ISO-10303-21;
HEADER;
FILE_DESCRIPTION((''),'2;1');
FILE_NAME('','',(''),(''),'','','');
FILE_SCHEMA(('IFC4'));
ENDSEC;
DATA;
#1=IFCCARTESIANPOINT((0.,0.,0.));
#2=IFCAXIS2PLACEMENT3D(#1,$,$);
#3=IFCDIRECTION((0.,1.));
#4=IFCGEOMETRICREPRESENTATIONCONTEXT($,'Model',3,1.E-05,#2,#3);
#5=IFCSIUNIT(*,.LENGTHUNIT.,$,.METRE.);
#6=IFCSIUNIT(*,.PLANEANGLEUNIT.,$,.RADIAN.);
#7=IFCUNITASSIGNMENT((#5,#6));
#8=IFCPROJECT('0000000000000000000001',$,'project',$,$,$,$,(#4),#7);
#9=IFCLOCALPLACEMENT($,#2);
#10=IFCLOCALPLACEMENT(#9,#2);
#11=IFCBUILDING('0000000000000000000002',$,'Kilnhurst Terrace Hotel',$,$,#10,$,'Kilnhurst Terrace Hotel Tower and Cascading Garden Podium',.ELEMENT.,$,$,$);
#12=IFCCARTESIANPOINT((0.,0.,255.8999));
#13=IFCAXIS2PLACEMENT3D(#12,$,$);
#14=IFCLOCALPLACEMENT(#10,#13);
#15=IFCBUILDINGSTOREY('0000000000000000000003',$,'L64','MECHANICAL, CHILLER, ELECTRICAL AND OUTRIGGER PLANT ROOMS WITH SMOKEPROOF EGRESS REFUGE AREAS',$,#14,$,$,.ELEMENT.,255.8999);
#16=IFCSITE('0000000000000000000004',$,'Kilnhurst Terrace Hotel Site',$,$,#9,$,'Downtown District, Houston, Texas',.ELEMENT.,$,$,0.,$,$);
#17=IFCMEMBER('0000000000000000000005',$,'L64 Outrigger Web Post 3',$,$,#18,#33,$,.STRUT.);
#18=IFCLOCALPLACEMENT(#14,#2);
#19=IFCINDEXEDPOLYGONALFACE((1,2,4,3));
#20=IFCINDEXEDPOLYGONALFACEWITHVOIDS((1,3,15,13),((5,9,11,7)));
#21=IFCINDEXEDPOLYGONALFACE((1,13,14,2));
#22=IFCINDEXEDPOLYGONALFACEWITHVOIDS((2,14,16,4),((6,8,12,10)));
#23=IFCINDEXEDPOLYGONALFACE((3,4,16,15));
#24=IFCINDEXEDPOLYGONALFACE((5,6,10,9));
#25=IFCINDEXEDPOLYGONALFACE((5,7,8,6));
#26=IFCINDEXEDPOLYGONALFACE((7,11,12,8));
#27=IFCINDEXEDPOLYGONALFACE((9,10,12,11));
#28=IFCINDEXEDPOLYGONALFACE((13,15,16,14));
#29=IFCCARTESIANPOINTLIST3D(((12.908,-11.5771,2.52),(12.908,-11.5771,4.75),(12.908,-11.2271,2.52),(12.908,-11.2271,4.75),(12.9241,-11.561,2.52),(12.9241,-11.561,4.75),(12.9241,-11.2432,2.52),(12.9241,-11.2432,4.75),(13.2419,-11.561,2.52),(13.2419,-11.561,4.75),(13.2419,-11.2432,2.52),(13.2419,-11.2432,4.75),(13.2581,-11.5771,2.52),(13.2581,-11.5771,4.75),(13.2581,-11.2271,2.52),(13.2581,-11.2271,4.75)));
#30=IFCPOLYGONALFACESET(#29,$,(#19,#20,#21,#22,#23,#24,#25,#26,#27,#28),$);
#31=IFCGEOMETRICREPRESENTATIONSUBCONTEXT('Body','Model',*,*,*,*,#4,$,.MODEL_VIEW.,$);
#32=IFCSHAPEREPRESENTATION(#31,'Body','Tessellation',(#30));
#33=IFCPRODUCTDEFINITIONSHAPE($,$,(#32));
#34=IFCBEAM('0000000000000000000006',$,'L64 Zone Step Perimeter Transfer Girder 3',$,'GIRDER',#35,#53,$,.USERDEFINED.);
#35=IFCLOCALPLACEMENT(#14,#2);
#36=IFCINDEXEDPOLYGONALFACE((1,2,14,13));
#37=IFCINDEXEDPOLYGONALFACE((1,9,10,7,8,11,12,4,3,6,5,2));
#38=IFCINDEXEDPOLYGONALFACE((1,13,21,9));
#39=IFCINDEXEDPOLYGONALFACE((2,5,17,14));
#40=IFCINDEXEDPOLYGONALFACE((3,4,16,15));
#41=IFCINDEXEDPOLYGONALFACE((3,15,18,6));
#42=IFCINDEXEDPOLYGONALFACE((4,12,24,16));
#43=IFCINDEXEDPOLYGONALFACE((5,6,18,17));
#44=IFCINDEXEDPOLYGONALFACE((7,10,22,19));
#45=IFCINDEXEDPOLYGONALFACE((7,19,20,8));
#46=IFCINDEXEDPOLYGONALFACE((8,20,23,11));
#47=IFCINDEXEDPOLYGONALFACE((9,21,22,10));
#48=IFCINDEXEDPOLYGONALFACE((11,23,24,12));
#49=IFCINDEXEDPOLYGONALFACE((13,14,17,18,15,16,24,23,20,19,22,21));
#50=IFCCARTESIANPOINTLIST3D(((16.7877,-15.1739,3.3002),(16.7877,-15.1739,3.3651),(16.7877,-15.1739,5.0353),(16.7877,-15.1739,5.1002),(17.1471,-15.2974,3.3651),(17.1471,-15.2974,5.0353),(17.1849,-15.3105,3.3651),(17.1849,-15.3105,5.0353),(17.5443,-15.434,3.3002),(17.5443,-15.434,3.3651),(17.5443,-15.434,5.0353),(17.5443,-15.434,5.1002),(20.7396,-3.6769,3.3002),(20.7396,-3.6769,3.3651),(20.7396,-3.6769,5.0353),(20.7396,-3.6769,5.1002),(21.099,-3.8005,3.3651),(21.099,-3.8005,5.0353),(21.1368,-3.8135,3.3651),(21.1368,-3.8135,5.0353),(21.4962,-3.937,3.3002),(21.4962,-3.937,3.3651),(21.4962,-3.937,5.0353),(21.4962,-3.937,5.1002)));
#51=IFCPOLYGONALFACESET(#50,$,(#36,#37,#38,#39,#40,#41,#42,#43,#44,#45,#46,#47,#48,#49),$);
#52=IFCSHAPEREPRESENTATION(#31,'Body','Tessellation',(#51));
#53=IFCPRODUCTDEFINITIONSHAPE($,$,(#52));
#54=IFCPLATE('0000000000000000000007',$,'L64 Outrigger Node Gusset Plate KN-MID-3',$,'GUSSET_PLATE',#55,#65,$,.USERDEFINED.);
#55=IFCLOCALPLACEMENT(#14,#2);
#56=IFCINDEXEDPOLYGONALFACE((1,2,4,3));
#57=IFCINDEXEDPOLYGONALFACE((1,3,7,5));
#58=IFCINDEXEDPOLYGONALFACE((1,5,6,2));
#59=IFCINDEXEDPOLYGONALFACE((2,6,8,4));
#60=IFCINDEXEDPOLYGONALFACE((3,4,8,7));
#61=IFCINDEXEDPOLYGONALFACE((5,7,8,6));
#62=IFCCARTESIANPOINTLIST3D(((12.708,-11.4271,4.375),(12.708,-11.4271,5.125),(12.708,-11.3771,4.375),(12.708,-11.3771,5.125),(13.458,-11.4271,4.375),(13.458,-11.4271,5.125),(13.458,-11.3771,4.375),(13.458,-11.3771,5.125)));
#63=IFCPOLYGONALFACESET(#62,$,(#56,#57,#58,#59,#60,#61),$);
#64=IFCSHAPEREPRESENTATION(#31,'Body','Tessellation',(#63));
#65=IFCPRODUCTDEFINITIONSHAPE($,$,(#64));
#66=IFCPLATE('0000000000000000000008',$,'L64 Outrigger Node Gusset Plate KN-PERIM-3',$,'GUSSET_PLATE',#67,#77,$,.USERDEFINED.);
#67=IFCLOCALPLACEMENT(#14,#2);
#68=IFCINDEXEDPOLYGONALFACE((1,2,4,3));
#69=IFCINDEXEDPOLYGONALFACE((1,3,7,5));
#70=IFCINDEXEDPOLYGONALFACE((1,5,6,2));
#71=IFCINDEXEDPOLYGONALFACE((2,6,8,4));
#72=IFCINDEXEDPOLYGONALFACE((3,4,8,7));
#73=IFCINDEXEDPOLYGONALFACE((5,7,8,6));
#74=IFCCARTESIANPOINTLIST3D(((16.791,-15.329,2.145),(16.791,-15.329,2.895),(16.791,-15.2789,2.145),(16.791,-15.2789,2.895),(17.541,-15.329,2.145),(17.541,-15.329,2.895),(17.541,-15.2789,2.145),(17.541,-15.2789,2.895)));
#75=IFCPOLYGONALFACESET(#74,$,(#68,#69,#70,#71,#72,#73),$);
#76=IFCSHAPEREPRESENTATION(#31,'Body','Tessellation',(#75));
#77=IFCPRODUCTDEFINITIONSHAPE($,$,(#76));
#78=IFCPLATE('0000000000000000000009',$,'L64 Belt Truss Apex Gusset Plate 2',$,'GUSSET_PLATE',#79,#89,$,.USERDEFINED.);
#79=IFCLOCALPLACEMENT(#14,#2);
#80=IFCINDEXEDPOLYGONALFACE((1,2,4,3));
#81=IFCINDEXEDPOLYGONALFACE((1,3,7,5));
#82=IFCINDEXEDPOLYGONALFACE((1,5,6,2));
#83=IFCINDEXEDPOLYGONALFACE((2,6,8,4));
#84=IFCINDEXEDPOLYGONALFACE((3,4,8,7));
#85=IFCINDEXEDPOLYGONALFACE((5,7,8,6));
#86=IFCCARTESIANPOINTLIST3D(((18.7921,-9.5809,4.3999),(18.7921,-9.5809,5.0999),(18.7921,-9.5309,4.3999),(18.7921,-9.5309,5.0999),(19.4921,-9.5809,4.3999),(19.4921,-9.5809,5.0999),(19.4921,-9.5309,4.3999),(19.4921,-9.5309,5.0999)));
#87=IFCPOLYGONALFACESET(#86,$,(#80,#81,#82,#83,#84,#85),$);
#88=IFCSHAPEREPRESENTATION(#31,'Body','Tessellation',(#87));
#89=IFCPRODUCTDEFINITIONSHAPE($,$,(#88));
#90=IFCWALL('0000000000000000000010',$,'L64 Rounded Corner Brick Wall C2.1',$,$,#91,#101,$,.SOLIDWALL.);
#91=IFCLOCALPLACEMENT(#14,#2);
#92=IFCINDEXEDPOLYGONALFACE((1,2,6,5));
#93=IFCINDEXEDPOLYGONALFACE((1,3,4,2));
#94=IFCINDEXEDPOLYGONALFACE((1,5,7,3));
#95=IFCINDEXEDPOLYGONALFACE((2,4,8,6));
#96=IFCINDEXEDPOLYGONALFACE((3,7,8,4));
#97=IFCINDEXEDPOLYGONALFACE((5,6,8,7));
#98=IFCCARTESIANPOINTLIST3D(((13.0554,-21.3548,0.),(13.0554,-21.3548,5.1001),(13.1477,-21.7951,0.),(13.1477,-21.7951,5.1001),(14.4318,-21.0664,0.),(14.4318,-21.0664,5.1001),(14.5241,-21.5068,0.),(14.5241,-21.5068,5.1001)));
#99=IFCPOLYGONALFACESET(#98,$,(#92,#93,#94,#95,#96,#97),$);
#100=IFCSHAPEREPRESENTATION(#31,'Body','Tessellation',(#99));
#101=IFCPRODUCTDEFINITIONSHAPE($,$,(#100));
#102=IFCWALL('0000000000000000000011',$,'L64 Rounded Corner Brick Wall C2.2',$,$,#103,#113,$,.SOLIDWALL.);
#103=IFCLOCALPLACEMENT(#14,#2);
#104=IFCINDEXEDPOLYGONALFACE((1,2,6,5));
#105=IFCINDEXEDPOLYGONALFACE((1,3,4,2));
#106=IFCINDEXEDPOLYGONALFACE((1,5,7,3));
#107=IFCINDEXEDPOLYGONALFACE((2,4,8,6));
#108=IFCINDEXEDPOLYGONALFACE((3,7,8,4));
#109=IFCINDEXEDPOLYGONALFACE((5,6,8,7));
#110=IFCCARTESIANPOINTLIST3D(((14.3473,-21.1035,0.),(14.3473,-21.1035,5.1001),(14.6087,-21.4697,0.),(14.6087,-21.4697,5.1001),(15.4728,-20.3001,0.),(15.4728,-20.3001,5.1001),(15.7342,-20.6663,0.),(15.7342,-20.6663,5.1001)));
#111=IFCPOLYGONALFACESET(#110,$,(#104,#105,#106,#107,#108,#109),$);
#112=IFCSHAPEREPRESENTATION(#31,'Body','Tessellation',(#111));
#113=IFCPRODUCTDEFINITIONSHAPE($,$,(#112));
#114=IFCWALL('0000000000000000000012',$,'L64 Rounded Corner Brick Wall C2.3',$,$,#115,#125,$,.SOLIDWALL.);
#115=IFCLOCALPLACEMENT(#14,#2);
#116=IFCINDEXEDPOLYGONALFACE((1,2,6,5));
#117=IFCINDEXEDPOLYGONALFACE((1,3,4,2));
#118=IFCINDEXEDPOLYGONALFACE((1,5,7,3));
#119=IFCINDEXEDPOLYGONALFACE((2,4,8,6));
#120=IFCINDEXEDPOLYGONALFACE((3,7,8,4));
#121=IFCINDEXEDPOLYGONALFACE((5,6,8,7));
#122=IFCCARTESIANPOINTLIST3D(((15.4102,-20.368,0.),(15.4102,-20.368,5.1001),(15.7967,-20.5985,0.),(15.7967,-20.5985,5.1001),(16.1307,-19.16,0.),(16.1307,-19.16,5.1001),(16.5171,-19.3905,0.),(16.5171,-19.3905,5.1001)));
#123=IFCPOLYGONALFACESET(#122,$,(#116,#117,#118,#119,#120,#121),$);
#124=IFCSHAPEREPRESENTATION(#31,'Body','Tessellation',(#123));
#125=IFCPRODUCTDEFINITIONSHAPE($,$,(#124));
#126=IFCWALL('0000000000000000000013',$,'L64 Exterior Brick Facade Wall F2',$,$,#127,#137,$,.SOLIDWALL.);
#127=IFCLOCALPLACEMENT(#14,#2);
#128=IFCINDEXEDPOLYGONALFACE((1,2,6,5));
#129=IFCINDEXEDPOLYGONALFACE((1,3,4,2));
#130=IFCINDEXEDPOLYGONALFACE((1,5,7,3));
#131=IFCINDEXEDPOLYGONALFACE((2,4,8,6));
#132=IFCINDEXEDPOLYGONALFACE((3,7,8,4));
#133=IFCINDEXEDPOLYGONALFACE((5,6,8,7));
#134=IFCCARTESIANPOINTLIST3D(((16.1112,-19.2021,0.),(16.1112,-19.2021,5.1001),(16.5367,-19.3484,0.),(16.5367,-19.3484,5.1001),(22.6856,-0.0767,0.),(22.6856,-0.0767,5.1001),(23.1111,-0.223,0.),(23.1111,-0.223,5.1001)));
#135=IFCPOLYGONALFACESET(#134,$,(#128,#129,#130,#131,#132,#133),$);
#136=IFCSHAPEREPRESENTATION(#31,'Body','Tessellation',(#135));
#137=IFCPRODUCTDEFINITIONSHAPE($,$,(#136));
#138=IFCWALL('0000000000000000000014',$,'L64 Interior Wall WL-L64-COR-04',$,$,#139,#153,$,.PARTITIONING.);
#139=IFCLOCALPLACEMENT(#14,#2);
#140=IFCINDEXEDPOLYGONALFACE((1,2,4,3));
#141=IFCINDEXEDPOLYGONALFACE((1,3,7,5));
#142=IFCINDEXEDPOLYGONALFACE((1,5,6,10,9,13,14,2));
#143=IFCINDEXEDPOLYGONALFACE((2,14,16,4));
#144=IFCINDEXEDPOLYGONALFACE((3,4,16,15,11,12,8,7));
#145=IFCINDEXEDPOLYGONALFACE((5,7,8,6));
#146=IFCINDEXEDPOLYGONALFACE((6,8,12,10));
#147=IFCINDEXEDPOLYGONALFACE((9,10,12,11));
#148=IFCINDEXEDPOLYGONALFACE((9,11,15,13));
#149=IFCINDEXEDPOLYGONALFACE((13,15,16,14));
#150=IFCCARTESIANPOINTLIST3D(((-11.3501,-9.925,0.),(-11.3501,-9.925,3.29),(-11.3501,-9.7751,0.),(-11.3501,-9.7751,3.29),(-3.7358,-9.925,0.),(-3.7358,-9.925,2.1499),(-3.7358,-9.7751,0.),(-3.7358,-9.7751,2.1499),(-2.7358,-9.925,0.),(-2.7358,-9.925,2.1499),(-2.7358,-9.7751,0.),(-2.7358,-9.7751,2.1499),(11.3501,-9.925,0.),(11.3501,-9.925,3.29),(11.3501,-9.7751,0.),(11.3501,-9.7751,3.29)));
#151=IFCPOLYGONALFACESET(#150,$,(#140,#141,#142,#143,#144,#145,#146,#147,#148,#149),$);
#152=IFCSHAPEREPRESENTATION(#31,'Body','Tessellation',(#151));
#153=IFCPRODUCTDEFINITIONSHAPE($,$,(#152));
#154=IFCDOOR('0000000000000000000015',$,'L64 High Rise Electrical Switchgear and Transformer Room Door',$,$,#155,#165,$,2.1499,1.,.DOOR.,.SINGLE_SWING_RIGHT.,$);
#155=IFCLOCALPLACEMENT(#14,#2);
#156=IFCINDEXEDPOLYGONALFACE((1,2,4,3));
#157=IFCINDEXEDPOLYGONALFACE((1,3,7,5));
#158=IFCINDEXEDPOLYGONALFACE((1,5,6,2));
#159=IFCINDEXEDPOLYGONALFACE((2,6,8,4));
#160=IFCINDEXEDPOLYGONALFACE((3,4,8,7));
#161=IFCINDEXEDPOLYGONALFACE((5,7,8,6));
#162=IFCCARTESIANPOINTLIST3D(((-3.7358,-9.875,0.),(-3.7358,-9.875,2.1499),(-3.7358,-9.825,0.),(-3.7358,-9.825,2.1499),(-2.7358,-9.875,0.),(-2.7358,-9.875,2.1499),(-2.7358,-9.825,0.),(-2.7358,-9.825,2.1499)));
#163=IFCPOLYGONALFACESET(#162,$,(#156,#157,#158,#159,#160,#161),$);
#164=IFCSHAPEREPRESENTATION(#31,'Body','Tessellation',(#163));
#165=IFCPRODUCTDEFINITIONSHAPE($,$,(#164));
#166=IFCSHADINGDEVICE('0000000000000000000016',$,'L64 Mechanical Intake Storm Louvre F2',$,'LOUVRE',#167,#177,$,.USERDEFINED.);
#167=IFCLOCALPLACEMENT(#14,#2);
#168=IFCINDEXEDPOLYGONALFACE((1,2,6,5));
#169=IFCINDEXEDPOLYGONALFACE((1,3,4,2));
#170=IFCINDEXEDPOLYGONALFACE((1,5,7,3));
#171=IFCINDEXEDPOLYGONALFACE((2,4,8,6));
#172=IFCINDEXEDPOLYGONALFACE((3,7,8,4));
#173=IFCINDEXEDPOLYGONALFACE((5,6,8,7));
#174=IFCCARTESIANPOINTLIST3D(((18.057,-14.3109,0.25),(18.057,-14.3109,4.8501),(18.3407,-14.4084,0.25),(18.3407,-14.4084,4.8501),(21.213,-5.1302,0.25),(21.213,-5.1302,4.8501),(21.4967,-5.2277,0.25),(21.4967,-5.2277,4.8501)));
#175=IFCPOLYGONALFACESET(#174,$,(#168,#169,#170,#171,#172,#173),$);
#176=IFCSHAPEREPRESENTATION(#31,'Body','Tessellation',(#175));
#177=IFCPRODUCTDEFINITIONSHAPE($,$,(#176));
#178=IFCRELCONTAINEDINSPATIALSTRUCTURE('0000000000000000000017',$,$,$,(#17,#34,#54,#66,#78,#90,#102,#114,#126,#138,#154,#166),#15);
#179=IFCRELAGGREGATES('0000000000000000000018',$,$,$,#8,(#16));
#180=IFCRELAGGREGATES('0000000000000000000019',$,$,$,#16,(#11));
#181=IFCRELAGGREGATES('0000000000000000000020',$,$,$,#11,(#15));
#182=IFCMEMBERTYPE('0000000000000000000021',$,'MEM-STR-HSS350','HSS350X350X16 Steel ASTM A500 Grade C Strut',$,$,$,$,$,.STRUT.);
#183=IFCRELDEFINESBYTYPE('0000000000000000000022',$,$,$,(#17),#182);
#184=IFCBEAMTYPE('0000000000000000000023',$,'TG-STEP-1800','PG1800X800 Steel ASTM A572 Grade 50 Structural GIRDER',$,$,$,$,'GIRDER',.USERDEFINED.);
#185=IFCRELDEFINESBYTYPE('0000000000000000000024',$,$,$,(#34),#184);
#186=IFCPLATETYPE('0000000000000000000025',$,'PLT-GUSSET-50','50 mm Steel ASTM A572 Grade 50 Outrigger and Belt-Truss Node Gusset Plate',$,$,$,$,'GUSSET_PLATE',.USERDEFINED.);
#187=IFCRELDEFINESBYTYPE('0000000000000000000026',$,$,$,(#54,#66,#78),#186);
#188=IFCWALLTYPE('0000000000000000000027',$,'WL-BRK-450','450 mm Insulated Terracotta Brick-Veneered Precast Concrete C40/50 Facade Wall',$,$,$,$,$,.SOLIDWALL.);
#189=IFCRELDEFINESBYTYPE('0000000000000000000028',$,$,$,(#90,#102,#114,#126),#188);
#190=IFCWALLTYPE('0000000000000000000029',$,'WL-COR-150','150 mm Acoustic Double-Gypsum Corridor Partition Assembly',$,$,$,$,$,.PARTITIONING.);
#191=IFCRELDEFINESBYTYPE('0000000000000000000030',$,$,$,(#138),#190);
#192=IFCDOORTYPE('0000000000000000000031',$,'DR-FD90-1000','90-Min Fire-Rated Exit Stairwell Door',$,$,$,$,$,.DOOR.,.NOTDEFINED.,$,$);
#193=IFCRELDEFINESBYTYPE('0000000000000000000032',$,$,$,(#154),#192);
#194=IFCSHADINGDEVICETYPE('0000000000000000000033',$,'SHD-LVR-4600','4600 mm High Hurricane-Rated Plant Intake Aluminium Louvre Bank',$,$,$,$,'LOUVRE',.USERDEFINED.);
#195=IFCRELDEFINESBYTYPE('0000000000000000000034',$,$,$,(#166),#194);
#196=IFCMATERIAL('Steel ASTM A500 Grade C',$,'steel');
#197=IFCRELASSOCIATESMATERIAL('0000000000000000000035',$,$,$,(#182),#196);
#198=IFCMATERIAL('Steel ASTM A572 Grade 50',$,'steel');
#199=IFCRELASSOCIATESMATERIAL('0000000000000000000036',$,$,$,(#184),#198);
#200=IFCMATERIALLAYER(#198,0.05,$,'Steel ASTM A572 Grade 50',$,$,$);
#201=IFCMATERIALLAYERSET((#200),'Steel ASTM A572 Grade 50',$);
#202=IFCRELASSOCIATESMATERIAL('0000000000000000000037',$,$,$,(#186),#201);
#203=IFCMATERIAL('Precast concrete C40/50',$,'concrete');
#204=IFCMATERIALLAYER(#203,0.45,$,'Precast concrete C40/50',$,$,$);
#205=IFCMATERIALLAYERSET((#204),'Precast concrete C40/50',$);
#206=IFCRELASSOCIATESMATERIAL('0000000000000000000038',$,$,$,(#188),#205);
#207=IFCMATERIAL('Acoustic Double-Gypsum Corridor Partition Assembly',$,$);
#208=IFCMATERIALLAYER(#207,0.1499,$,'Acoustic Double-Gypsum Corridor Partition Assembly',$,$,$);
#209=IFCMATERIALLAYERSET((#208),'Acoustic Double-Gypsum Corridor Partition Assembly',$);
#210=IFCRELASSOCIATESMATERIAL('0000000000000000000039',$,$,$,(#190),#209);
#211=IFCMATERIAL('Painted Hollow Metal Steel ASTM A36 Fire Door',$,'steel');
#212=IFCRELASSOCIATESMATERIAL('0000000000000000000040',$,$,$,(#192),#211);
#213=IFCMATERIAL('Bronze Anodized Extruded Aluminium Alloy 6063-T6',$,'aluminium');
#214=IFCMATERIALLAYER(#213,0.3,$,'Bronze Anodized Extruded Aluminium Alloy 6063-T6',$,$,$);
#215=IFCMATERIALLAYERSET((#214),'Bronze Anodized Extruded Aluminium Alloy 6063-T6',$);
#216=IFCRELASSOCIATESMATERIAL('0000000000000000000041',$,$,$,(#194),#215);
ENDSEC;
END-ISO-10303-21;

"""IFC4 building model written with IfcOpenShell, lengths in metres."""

from ifc_helpers import new_model, si_unit, direction, frame, frame_2d, origin, origin_2d, place, context, subcontext, project, spatial, rectangle, hollow_rectangle, i_section, extrude, material, layer, layer_set, material_profile, profile_set, type_object, element, fill, save


model = new_model("IFC4")

# Units and contexts
model_context = context("Model", 3, precision=1e-05, world=origin(), true_north=direction((0.0, 1.0)))
body_context = subcontext(model_context, "Body", "Model", "MODEL_VIEW")
ifc_project = project(units=[si_unit("LENGTHUNIT", "METRE"), si_unit("PLANEANGLEUNIT", "RADIAN")], contexts=[model_context])

# Site, building, storey
site_placement = place(None, origin())
site = spatial("IfcSite", under=ifc_project, at=site_placement, Name="Kilnhurst Terrace Hotel Site", LongName="Downtown District, Houston, Texas", CompositionType="ELEMENT", RefElevation=0.0)
building_placement = place(site_placement, origin())
building = spatial("IfcBuilding", under=site, at=building_placement, Name="Kilnhurst Terrace Hotel", LongName="Kilnhurst Terrace Hotel Tower and Cascading Garden Podium", CompositionType="ELEMENT")
storey_placement = place(building_placement, frame((0.0, 0.0, 255.8999)))
storey = spatial("IfcBuildingStorey", under=building, at=storey_placement, Name="L64", Description="MECHANICAL, CHILLER, ELECTRICAL AND OUTRIGGER PLANT ROOMS WITH SMOKEPROOF EGRESS REFUGE AREAS", CompositionType="ELEMENT", Elevation=255.8999)

# Member
ifc_material_1 = material(Name="Steel ASTM A500 Grade C", Category="steel")
ifc_material_profile_1 = material_profile(ifc_material_1, hollow_rectangle(XDim=0.3501, YDim=0.3501, WallThickness=0.0161, at=origin_2d()), Name="HSS350X350X16")
ifc_profile_set_1 = profile_set([ifc_material_profile_1], Name="Steel ASTM A500 Grade C")
member_type_1 = type_object("IfcMemberType", Name="MEM-STR-HSS350", Description="HSS350X350X16 Steel ASTM A500 Grade C Strut", PredefinedType="STRUT", material=ifc_profile_set_1)
member_1_placement = place(storey_placement, frame((13.083, -11.4021, 2.52), z_axis=(0.0, 0.0, 1.0), x_axis=(1.0, 0.0, 0.0)))
element("IfcMember", 1, at=member_1_placement, inside=storey, type_object=member_type_1, Name="L64 Outrigger Web Post 3", PredefinedType="STRUT", context=body_context, shape_type="SweptSolid", body=[
    extrude(hollow_rectangle(XDim=0.3501, YDim=0.3501, WallThickness=0.0161, at=origin_2d()), origin(), (0.0, 0.0, 1.0), 2.23),
])

# Beam
ifc_material_2 = material(Name="Steel ASTM A572 Grade 50", Category="steel")
ifc_material_profile_2 = material_profile(ifc_material_2, i_section(OverallWidth=0.8, OverallDepth=1.8, WebThickness=0.04, FlangeThickness=0.0649, at=origin_2d()), Name="PG1800X800")
ifc_profile_set_2 = profile_set([ifc_material_profile_2], Name="Steel ASTM A572 Grade 50")
beam_type_1 = type_object("IfcBeamType", Name="TG-STEP-1800", Description="PG1800X800 Steel ASTM A572 Grade 50 Structural GIRDER", ElementType="GIRDER", PredefinedType="USERDEFINED", material=ifc_profile_set_2)
beam_1_placement = place(storey_placement, frame((17.166, -15.304, 4.2002), z_axis=(0.325064, 0.945692, 0.0), x_axis=(-0.945692, 0.325064, 0.0)))
element("IfcBeam", 2, at=beam_1_placement, inside=storey, type_object=beam_type_1, Name="L64 Zone Step Perimeter Transfer Girder 3", ObjectType="GIRDER", PredefinedType="USERDEFINED", context=body_context, shape_type="SweptSolid", body=[
    extrude(i_section(OverallWidth=0.8, OverallDepth=1.8, WebThickness=0.04, FlangeThickness=0.0649, at=origin_2d()), origin(), (0.0, 0.0, 1.0), 12.1572),
])

# Plates
ifc_layer_1 = layer(ifc_material_2, 0.05, Name="Steel ASTM A572 Grade 50")
ifc_layer_set_1 = layer_set([ifc_layer_1], Name="Steel ASTM A572 Grade 50")
plate_type = type_object("IfcPlateType", Name="PLT-GUSSET-50", Description="50 mm Steel ASTM A572 Grade 50 Outrigger and Belt-Truss Node Gusset Plate", ElementType="GUSSET_PLATE", PredefinedType="USERDEFINED", material=ifc_layer_set_1)
for number, where, z_axis, x_axis, name in (
    (3, (13.083, -11.4021, 4.375), (0.0, 0.0, 1.0), (1.0, 0.0, 0.0), "L64 Outrigger Node Gusset Plate KN-MID-3"),
    (4, (17.166, -15.304, 2.145), (0.0, 0.0, 1.0), (1.0, 0.0, 0.0), "L64 Outrigger Node Gusset Plate KN-PERIM-3"),
):
    element("IfcPlate", number, at=place(storey_placement, frame(where, z_axis=z_axis, x_axis=x_axis)), inside=storey, type_object=plate_type, Name=name, ObjectType="GUSSET_PLATE", PredefinedType="USERDEFINED", context=body_context, shape_type="SweptSolid", body=[
        extrude(rectangle(XDim=0.75, YDim=0.05, at=origin_2d()), origin(), (0.0, 0.0, 1.0), 0.75),
    ])
plate_placement = place(storey_placement, frame((19.1421, -9.5559, 4.3999), z_axis=(0.0, 0.0, 1.0), x_axis=(1.0, 0.0, 0.0)))
element("IfcPlate", 5, at=plate_placement, inside=storey, type_object=plate_type, Name="L64 Belt Truss Apex Gusset Plate 2", ObjectType="GUSSET_PLATE", PredefinedType="USERDEFINED", context=body_context, shape_type="SweptSolid", body=[
    extrude(rectangle(XDim=0.7, YDim=0.05, at=origin_2d()), origin(), (0.0, 0.0, 1.0), 0.7),
])

# Walls
ifc_material_3 = material(Name="Precast concrete C40/50", Category="concrete")
ifc_layer_2 = layer(ifc_material_3, 0.45, Name="Precast concrete C40/50")
ifc_layer_set_2 = layer_set([ifc_layer_2], Name="Precast concrete C40/50")
wall_type_1 = type_object("IfcWallType", Name="WL-BRK-450", Description="450 mm Insulated Terracotta Brick-Veneered Precast Concrete C40/50 Facade Wall", PredefinedType="SOLIDWALL", material=ifc_layer_set_2)
wall_1_placement = place(storey_placement, frame((13.1016, -21.575, 0.0), z_axis=(0.0, 0.0, 1.0), x_axis=(0.978757, 0.205022, 0.0)))
element("IfcWall", 6, at=wall_1_placement, inside=storey, type_object=wall_type_1, Name="L64 Rounded Corner Brick Wall C2.1", PredefinedType="SOLIDWALL", context=body_context, shape_type="SweptSolid", body=[
    extrude(rectangle(XDim=1.4062, YDim=0.45, at=frame_2d((0.7031, 0.0))), origin(), (0.0, 0.0, 1.0), 5.1001),
])
wall_2_placement = place(storey_placement, frame((14.478, -21.2866, 0.0), z_axis=(0.0, 0.0, 1.0), x_axis=(0.813889, 0.581021, 0.0)))
element("IfcWall", 7, at=wall_2_placement, inside=storey, type_object=wall_type_1, Name="L64 Rounded Corner Brick Wall C2.2", PredefinedType="SOLIDWALL", context=body_context, shape_type="SweptSolid", body=[
    extrude(rectangle(XDim=1.3828, YDim=0.45, at=frame_2d((0.6914, 0.0))), origin(), (0.0, 0.0, 1.0), 5.1001),
])
wall_3_placement = place(storey_placement, frame((15.6035, -20.4832, 0.0), z_axis=(0.0, 0.0, 1.0), x_axis=(0.512222, 0.858853, 0.0)))
element("IfcWall", 8, at=wall_3_placement, inside=storey, type_object=wall_type_1, Name="L64 Rounded Corner Brick Wall C2.3", PredefinedType="SOLIDWALL", context=body_context, shape_type="SweptSolid", body=[
    extrude(rectangle(XDim=1.4065, YDim=0.45, at=frame_2d((0.7031, 0.0))), origin(), (0.0, 0.0, 1.0), 5.1001),
])
wall_4_placement = place(storey_placement, frame((16.324, -19.2751, 0.0), z_axis=(0.0, 0.0, 1.0), x_axis=(0.325083, 0.945685, 0.0)))
element("IfcWall", 9, at=wall_4_placement, inside=storey, type_object=wall_type_1, Name="L64 Exterior Brick Facade Wall F2", PredefinedType="SOLIDWALL", context=body_context, shape_type="SweptSolid", body=[
    extrude(rectangle(XDim=20.2239, YDim=0.45, at=frame_2d((10.1118, 0.0))), origin(), (0.0, 0.0, 1.0), 5.1001),
])

# Wall, opening, door
ifc_material_4 = material(Name="Acoustic Double-Gypsum Corridor Partition Assembly")
ifc_layer_3 = layer(ifc_material_4, 0.1499, Name="Acoustic Double-Gypsum Corridor Partition Assembly")
ifc_layer_set_3 = layer_set([ifc_layer_3], Name="Acoustic Double-Gypsum Corridor Partition Assembly")
wall_type_2 = type_object("IfcWallType", Name="WL-COR-150", Description="150 mm Acoustic Double-Gypsum Corridor Partition Assembly", PredefinedType="PARTITIONING", material=ifc_layer_set_3)
wall_5_placement = place(storey_placement, frame((11.3501, -9.8501, 0.0), z_axis=(0.0, 0.0, 1.0), x_axis=(-1.0, 0.0, 0.0)))
wall_5 = element("IfcWall", 10, at=wall_5_placement, inside=storey, type_object=wall_type_2, Name="L64 Interior Wall WL-L64-COR-04", PredefinedType="PARTITIONING", context=body_context, shape_type="SweptSolid", body=[
    extrude(rectangle(XDim=22.7002, YDim=0.1499, at=frame_2d((11.3501, 0.0))), origin(), (0.0, 0.0, 1.0), 3.29),
])
opening_placement = place(wall_5_placement, frame((14.0859, 0.0, 0.0)))
opening = element("IfcOpeningElement", 11, at=opening_placement, cuts=wall_5, PredefinedType="OPENING", context=body_context, shape_type="SweptSolid", body=[
    extrude(rectangle(XDim=1.0, YDim=2.1499, at=frame_2d((0.5, 1.075))), frame((0.0, 0.085, 0.0), z_axis=(0.0, -1.0, 0.0), x_axis=(1.0, 0.0, 0.0)), (0.0, 0.0, 1.0), 0.1699),
])
ifc_material_5 = material(Name="Painted Hollow Metal Steel ASTM A36 Fire Door", Category="steel")
door_type = type_object("IfcDoorType", Name="DR-FD90-1000", Description="90-Min Fire-Rated Exit Stairwell Door", OperationType="NOTDEFINED", PredefinedType="DOOR", material=ifc_material_5)
door_placement = place(opening_placement, origin())
door = element("IfcDoor", 12, at=door_placement, inside=storey, type_object=door_type, Name="L64 High Rise Electrical Switchgear and Transformer Room Door", OperationType="SINGLE_SWING_RIGHT", OverallHeight=2.1499, OverallWidth=1.0, PredefinedType="DOOR", context=body_context, shape_type="SweptSolid", body=[
    extrude(rectangle(XDim=1.0, YDim=2.1499, at=frame_2d((0.5, 1.075))), frame((0.0, 0.0249, 0.0), z_axis=(0.0, -1.0, 0.0), x_axis=(1.0, 0.0, 0.0)), (0.0, 0.0, 1.0), 0.05),
])
fill(opening, door)

# Shading device
ifc_material_6 = material(Name="Bronze Anodized Extruded Aluminium Alloy 6063-T6", Category="aluminium")
ifc_layer_4 = layer(ifc_material_6, 0.3, Name="Bronze Anodized Extruded Aluminium Alloy 6063-T6")
ifc_layer_set_4 = layer_set([ifc_layer_4], Name="Bronze Anodized Extruded Aluminium Alloy 6063-T6")
shading_device_type = type_object("IfcShadingDeviceType", Name="SHD-LVR-4600", Description="4600 mm High Hurricane-Rated Plant Intake Aluminium Louvre Bank", ElementType="LOUVRE", PredefinedType="USERDEFINED", material=ifc_layer_set_4)
shading_device_placement = place(storey_placement, frame((19.7769, -9.7693, 0.25), z_axis=(0.0, 0.0, 1.0), x_axis=(0.32509, 0.945683, 0.0)))
element("IfcShadingDevice", 13, at=shading_device_placement, inside=storey, type_object=shading_device_type, Name="L64 Mechanical Intake Storm Louvre F2", ObjectType="LOUVRE", PredefinedType="USERDEFINED", context=body_context, shape_type="SweptSolid", body=[
    extrude(rectangle(XDim=9.708, YDim=0.3, at=origin_2d()), origin(), (0.0, 0.0, 1.0), 4.6001),
])

save(model, "model.ifc")
